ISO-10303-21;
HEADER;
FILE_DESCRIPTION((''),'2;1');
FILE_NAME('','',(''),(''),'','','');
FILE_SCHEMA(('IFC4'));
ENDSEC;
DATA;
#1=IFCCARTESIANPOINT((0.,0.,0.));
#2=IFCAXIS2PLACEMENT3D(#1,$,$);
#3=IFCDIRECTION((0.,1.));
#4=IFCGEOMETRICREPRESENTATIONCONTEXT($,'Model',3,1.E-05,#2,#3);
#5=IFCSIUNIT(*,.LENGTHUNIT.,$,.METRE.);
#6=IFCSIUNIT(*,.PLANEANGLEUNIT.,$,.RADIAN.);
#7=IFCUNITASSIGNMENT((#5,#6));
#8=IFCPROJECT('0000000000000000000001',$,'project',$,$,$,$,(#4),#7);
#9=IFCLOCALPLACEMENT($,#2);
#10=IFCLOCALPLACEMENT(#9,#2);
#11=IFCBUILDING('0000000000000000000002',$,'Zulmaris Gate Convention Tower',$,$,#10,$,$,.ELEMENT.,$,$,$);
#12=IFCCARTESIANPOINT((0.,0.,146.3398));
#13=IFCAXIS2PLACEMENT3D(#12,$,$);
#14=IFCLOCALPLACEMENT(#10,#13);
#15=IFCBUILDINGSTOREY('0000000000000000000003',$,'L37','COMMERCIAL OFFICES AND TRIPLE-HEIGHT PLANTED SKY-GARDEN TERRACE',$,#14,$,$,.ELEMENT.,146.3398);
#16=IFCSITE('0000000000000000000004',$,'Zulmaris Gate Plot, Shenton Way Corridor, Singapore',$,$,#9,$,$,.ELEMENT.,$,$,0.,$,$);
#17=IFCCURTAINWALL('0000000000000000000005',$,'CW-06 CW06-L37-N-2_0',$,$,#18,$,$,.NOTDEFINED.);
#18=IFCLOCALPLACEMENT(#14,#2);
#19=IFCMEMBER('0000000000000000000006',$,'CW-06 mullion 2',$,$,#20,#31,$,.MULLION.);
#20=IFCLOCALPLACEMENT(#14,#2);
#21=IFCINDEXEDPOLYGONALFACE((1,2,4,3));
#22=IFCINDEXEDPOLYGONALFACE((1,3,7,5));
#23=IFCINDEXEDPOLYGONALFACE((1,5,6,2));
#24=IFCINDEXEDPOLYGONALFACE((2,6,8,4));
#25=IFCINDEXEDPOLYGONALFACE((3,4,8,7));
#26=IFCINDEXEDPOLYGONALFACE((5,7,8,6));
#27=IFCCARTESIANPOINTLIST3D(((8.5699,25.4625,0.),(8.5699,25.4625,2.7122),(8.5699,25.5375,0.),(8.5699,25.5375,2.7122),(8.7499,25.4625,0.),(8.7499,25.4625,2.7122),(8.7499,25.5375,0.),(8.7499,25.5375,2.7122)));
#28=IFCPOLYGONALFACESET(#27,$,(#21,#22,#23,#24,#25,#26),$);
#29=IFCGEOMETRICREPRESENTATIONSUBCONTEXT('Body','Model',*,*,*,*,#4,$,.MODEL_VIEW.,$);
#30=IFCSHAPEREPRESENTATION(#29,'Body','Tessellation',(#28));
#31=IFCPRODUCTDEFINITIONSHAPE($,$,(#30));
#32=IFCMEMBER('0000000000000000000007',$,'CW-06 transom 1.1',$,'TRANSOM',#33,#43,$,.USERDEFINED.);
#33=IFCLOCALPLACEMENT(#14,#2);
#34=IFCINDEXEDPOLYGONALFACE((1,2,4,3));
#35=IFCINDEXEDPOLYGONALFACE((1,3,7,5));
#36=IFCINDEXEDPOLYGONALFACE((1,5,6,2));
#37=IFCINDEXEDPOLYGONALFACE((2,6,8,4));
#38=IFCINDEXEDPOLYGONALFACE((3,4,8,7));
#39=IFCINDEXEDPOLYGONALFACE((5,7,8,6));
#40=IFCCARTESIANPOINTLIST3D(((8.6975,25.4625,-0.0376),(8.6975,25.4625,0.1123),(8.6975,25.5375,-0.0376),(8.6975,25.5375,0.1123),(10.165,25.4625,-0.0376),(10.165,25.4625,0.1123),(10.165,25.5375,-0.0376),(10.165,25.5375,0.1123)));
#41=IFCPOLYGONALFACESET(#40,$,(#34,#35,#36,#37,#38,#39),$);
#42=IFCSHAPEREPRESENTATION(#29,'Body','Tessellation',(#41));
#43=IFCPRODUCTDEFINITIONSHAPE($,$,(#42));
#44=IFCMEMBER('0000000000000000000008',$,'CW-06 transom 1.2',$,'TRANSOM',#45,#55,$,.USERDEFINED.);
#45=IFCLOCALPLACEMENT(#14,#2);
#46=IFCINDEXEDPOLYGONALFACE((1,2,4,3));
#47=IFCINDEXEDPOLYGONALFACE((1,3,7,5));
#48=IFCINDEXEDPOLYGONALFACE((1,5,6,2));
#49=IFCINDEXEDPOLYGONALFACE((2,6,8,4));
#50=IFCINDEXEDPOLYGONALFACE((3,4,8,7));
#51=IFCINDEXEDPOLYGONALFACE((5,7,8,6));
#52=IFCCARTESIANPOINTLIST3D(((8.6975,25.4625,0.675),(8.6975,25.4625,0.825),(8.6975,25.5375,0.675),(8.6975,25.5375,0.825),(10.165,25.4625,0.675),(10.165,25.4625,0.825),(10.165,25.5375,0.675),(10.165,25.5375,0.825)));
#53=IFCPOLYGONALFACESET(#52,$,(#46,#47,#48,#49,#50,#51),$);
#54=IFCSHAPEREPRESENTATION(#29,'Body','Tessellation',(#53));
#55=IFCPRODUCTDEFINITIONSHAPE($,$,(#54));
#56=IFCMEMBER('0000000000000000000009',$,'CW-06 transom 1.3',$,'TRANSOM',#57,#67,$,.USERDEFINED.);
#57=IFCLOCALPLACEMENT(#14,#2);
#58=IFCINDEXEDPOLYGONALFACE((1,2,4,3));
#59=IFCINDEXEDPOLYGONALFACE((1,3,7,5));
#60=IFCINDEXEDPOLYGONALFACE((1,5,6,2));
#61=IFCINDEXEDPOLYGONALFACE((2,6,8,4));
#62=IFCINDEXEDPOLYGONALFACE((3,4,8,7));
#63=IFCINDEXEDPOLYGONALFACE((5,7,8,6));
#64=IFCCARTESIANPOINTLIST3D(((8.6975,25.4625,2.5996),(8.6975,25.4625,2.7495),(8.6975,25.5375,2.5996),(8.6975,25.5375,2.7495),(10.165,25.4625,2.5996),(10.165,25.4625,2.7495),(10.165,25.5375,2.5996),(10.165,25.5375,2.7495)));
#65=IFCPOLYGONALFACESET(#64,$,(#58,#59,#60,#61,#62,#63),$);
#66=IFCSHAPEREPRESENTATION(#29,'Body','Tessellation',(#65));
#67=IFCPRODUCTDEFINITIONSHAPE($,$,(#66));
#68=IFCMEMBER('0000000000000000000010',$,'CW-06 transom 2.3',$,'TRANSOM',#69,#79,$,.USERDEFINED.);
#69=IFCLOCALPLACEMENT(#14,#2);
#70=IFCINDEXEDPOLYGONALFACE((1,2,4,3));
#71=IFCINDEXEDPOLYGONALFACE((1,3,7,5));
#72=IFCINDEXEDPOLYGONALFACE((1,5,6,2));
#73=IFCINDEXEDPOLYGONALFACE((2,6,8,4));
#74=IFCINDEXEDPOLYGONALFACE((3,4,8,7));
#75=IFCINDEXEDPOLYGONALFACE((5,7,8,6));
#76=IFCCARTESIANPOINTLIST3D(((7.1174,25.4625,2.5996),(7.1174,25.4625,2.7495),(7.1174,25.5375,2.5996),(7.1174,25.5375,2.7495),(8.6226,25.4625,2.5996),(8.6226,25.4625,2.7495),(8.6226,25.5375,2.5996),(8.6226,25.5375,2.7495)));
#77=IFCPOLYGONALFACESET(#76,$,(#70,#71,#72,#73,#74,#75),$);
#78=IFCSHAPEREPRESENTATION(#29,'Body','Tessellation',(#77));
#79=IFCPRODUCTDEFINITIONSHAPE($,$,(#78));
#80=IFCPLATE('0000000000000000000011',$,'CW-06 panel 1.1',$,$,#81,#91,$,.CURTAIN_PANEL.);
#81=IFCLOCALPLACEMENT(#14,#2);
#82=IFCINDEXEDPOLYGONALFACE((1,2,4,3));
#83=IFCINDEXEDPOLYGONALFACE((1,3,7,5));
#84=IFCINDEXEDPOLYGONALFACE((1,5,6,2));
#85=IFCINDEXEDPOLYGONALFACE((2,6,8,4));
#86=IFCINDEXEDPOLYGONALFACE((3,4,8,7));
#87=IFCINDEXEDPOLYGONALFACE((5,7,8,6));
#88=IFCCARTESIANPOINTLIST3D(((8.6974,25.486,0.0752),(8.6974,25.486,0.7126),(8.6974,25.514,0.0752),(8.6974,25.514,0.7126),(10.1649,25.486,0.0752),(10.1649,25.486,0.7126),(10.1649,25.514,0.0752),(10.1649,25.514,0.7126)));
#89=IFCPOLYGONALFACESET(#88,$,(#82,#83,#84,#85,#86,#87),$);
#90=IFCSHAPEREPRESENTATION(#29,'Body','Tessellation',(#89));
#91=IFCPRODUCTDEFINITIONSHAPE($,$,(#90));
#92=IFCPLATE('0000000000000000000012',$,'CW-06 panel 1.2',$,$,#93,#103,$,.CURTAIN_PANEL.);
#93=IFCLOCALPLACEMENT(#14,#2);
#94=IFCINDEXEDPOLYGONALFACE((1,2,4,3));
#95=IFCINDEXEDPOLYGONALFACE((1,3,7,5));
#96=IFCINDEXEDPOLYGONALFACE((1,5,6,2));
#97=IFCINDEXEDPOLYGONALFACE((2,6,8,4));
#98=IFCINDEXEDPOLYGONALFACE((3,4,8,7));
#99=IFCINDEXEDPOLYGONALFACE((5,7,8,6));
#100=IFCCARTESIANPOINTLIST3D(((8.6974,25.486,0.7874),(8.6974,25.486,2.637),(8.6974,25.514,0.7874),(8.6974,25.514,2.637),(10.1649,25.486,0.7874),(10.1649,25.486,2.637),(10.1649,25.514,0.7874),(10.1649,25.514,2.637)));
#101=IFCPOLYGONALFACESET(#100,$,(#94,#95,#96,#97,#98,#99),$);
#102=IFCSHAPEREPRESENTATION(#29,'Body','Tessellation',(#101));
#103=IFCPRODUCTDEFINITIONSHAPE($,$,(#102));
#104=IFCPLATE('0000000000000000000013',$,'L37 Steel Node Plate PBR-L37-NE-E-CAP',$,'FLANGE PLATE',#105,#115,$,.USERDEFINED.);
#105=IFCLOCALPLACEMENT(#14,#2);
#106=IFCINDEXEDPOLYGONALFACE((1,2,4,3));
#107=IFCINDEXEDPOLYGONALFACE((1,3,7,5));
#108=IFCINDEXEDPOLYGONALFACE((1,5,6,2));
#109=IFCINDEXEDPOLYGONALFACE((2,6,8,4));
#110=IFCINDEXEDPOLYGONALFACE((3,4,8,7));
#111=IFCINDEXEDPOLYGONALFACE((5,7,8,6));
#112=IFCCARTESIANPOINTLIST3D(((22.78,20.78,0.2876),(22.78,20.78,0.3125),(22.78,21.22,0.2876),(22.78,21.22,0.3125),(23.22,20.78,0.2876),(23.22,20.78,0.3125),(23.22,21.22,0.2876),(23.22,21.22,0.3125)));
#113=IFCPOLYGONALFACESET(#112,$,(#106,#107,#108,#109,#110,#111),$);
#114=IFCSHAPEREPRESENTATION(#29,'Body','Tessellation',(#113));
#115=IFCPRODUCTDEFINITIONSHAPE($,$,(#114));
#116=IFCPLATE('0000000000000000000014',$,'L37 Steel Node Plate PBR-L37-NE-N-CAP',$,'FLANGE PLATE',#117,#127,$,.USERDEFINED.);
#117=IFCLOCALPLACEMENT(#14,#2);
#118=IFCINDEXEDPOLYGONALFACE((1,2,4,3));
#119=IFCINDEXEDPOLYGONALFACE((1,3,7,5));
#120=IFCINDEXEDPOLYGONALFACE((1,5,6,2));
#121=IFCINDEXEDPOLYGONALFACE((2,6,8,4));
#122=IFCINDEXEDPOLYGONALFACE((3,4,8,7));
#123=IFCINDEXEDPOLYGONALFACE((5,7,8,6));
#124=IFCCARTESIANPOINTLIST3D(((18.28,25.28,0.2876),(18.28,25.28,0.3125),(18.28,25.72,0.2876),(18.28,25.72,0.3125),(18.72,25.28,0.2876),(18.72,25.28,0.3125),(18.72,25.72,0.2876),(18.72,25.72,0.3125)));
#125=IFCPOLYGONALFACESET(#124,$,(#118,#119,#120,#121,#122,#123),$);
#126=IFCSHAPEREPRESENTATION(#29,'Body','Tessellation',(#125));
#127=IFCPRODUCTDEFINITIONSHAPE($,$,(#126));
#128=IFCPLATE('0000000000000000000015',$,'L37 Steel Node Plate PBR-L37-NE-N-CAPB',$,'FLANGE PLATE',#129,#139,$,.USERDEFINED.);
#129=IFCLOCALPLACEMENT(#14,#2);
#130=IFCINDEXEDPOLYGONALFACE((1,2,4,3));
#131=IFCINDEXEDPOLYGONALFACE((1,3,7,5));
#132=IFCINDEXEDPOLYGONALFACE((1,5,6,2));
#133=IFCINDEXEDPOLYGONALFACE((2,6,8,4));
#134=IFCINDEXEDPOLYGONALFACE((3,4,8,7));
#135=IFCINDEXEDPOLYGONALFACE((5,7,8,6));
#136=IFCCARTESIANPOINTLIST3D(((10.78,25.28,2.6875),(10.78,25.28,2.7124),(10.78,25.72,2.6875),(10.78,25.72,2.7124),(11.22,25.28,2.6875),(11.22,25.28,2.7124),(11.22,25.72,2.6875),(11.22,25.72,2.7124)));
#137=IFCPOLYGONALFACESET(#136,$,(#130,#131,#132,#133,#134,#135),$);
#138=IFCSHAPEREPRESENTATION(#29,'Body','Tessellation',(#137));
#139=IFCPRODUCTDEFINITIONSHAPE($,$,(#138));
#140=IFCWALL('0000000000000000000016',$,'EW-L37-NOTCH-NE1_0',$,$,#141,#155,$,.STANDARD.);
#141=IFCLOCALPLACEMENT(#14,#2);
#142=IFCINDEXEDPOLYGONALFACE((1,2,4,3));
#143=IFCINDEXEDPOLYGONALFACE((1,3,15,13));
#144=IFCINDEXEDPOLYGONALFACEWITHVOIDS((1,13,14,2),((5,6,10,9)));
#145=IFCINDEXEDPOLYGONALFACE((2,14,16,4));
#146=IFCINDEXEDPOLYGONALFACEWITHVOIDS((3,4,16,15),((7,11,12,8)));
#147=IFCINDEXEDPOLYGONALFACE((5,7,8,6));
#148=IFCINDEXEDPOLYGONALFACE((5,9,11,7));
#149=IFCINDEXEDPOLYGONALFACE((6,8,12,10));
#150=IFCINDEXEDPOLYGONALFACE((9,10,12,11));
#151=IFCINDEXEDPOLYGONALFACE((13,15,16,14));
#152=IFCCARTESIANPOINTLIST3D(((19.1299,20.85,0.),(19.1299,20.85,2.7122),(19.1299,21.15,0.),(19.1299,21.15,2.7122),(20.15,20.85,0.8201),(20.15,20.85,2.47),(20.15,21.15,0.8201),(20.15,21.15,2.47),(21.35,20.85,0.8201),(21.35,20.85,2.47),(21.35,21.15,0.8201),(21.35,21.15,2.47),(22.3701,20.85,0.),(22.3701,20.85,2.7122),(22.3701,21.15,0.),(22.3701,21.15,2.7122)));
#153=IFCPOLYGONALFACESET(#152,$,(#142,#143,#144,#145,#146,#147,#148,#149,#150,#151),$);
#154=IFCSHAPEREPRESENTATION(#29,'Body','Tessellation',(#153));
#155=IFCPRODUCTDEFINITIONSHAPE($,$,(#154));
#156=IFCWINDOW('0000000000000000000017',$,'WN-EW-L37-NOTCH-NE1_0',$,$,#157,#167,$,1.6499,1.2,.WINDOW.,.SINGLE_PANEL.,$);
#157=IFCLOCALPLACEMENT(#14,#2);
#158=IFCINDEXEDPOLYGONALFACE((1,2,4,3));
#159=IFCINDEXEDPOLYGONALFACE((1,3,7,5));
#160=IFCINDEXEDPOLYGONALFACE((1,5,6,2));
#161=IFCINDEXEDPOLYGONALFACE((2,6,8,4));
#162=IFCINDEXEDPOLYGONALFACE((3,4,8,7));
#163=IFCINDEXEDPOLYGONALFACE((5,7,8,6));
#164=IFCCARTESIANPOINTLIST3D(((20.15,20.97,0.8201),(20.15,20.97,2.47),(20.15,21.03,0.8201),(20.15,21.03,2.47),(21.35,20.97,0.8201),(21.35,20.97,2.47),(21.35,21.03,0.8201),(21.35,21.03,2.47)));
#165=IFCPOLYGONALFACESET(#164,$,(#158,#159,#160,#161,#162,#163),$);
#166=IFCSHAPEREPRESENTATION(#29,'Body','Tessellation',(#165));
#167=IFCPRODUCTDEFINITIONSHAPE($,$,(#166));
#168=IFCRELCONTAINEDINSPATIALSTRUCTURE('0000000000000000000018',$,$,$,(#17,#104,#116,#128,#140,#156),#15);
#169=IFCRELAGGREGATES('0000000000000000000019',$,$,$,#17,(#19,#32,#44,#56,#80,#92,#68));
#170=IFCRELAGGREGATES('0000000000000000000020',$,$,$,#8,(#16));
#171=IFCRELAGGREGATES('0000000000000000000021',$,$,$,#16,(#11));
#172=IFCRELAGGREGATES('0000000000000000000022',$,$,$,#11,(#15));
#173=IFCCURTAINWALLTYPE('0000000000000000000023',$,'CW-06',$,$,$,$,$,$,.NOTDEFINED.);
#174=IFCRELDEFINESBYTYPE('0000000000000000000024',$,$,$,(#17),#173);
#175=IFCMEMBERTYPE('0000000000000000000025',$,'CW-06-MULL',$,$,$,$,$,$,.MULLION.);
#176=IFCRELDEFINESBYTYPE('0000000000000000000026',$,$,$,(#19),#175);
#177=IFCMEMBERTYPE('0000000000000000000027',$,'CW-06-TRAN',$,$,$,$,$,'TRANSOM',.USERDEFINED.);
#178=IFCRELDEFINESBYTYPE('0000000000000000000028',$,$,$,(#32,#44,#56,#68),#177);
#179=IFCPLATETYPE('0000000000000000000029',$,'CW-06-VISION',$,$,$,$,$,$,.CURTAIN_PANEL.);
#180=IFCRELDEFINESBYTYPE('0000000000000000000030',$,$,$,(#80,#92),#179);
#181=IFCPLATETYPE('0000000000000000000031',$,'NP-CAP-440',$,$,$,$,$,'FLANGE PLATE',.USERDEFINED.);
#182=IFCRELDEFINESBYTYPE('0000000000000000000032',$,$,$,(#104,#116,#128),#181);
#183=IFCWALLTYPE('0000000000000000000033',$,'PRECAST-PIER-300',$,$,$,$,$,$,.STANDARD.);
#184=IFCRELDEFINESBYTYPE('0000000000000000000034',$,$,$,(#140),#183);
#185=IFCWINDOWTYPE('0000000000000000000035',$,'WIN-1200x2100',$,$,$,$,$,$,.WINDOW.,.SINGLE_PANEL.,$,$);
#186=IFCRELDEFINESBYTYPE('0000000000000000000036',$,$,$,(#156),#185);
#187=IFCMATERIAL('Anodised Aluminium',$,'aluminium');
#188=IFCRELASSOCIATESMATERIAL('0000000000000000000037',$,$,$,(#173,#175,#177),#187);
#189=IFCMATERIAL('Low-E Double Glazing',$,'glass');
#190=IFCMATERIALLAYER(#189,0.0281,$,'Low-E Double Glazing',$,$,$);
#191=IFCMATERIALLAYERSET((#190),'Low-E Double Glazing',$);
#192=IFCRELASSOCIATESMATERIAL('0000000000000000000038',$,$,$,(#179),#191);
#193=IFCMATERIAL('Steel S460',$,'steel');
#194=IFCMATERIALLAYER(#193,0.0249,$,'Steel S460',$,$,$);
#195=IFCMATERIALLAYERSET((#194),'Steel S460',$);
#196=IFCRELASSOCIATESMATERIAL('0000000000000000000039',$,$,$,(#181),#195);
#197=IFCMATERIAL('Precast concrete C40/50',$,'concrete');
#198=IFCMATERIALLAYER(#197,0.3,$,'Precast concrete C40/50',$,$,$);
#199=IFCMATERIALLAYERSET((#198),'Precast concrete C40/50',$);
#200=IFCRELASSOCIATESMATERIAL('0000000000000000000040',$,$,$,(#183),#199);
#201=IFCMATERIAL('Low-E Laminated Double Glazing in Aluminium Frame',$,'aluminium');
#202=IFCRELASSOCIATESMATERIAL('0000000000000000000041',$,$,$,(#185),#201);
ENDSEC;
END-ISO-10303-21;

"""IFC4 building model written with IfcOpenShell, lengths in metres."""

from ifc_helpers import new_model, si_unit, direction, frame, frame_2d, origin, origin_2d, place, context, subcontext, project, spatial, rectangle, extrude, material, layer, layer_set, material_profile, profile_set, type_object, element, fill, aggregate, save


model = new_model("IFC4")

# Units and contexts
model_context = context("Model", 3, precision=1e-05, world=origin(), true_north=direction((0.0, 1.0)))
body_context = subcontext(model_context, "Body", "Model", "MODEL_VIEW")
ifc_project = project(units=[si_unit("LENGTHUNIT", "METRE"), si_unit("PLANEANGLEUNIT", "RADIAN")], contexts=[model_context])

# Site, building, storey
site_placement = place(None, origin())
site = spatial("IfcSite", under=ifc_project, at=site_placement, Name="Zulmaris Gate Plot, Shenton Way Corridor, Singapore", CompositionType="ELEMENT", RefElevation=0.0)
building_placement = place(site_placement, origin())
building = spatial("IfcBuilding", under=site, at=building_placement, Name="Zulmaris Gate Convention Tower", CompositionType="ELEMENT")
storey_placement = place(building_placement, frame((0.0, 0.0, 146.3398)))
storey = spatial("IfcBuildingStorey", under=building, at=storey_placement, Name="L37", Description="COMMERCIAL OFFICES AND TRIPLE-HEIGHT PLANTED SKY-GARDEN TERRACE", CompositionType="ELEMENT", Elevation=146.3398)

# Shared definitions
ifc_material_1 = material(Name="Steel S460", Category="steel")

# Curtain wall, members, plates
ifc_material_2 = material(Name="Anodised Aluminium", Category="aluminium")
curtain_wall_type = type_object("IfcCurtainWallType", Name="CW-06", PredefinedType="NOTDEFINED", material=ifc_material_2)
curtain_wall_placement = place(storey_placement, origin())
curtain_wall = element("IfcCurtainWall", 1, at=curtain_wall_placement, inside=storey, type_object=curtain_wall_type, Name="CW-06 CW06-L37-N-2_0", PredefinedType="NOTDEFINED")
ifc_material_profile_1 = material_profile(ifc_material_2, rectangle(XDim=0.075, YDim=0.1799, at=origin_2d()), Name="ALU MULLION 75x180")
ifc_profile_set_1 = profile_set([ifc_material_profile_1], Name="Anodised Aluminium")
member_type_1 = type_object("IfcMemberType", Name="CW-06-MULL", PredefinedType="MULLION", material=ifc_profile_set_1)
member_1_placement = place(storey_placement, frame((8.6599, 25.5, 0.0), z_axis=(0.0, 0.0, 1.0), x_axis=(0.0, -1.0, 0.0)))
member_1 = element("IfcMember", 2, at=member_1_placement, type_object=member_type_1, Name="CW-06 mullion 2", PredefinedType="MULLION", context=body_context, shape_type="SweptSolid", body=[
    extrude(rectangle(XDim=0.075, YDim=0.1799, at=origin_2d()), origin(), (0.0, 0.0, 1.0), 2.7122),
])
ifc_material_profile_2 = material_profile(ifc_material_2, rectangle(XDim=0.075, YDim=0.1499, at=origin_2d()), Name="ALU TRANSOM 75x150")
ifc_profile_set_2 = profile_set([ifc_material_profile_2], Name="Anodised Aluminium")
member_type_2 = type_object("IfcMemberType", Name="CW-06-TRAN", ElementType="TRANSOM", PredefinedType="USERDEFINED", material=ifc_profile_set_2)
member_2_placement = place(storey_placement, frame((10.165, 25.5, 0.0374), z_axis=(-1.0, 0.0, 0.0), x_axis=(0.0, -1.0, 0.0)))
member_2 = element("IfcMember", 3, at=member_2_placement, type_object=member_type_2, Name="CW-06 transom 1.1", ObjectType="TRANSOM", PredefinedType="USERDEFINED", context=body_context, shape_type="SweptSolid", body=[
    extrude(rectangle(XDim=0.075, YDim=0.1499, at=origin_2d()), origin(), (0.0, 0.0, 1.0), 1.4675),
])
member_3_placement = place(storey_placement, frame((10.165, 25.5, 0.75), z_axis=(-1.0, 0.0, 0.0), x_axis=(0.0, -1.0, 0.0)))
member_3 = element("IfcMember", 4, at=member_3_placement, type_object=member_type_2, Name="CW-06 transom 1.2", ObjectType="TRANSOM", PredefinedType="USERDEFINED", context=body_context, shape_type="SweptSolid", body=[
    extrude(rectangle(XDim=0.075, YDim=0.1499, at=origin_2d()), origin(), (0.0, 0.0, 1.0), 1.4675),
])
member_4_placement = place(storey_placement, frame((10.165, 25.5, 2.6746), z_axis=(-1.0, 0.0, 0.0), x_axis=(0.0, -1.0, 0.0)))
member_4 = element("IfcMember", 5, at=member_4_placement, type_object=member_type_2, Name="CW-06 transom 1.3", ObjectType="TRANSOM", PredefinedType="USERDEFINED", context=body_context, shape_type="SweptSolid", body=[
    extrude(rectangle(XDim=0.075, YDim=0.1499, at=origin_2d()), origin(), (0.0, 0.0, 1.0), 1.4675),
])
member_5_placement = place(storey_placement, frame((8.6226, 25.5, 2.6746), z_axis=(-1.0, 0.0, 0.0), x_axis=(0.0, -1.0, 0.0)))
member_5 = element("IfcMember", 6, at=member_5_placement, type_object=member_type_2, Name="CW-06 transom 2.3", ObjectType="TRANSOM", PredefinedType="USERDEFINED", context=body_context, shape_type="SweptSolid", body=[
    extrude(rectangle(XDim=0.075, YDim=0.1499, at=origin_2d()), origin(), (0.0, 0.0, 1.0), 1.5051),
])
ifc_material_3 = material(Name="Low-E Double Glazing", Category="glass")
ifc_layer_1 = layer(ifc_material_3, 0.0281, Name="Low-E Double Glazing")
ifc_layer_set_1 = layer_set([ifc_layer_1], Name="Low-E Double Glazing")
plate_type_1 = type_object("IfcPlateType", Name="CW-06-VISION", PredefinedType="CURTAIN_PANEL", material=ifc_layer_set_1)
plate_1_placement = place(storey_placement, frame((9.4312, 25.5, 0.0752), z_axis=(0.0, 0.0, 1.0), x_axis=(-1.0, 0.0, 0.0)))
plate_1 = element("IfcPlate", 7, at=plate_1_placement, type_object=plate_type_1, Name="CW-06 panel 1.1", PredefinedType="CURTAIN_PANEL", context=body_context, shape_type="SweptSolid", body=[
    extrude(rectangle(XDim=1.4675, YDim=0.0281, at=origin_2d()), origin(), (0.0, 0.0, 1.0), 0.6375),
])
plate_2_placement = place(storey_placement, frame((9.4312, 25.5, 0.7874), z_axis=(0.0, 0.0, 1.0), x_axis=(-1.0, 0.0, 0.0)))
plate_2 = element("IfcPlate", 8, at=plate_2_placement, type_object=plate_type_1, Name="CW-06 panel 1.2", PredefinedType="CURTAIN_PANEL", context=body_context, shape_type="SweptSolid", body=[
    extrude(rectangle(XDim=1.4675, YDim=0.0281, at=origin_2d()), origin(), (0.0, 0.0, 1.0), 1.8496),
])
aggregate(curtain_wall, [member_1, member_2, member_3, member_4, plate_1, plate_2, member_5])

# Plates
ifc_layer_2 = layer(ifc_material_1, 0.0249, Name="Steel S460")
ifc_layer_set_2 = layer_set([ifc_layer_2], Name="Steel S460")
plate_type_2 = type_object("IfcPlateType", Name="NP-CAP-440", ElementType="FLANGE PLATE", PredefinedType="USERDEFINED", material=ifc_layer_set_2)
for number, where, z_axis, x_axis, name in (
    (9, (23.0, 21.0, 0.2876), (0.0, 0.0, 1.0), (1.0, 0.0, 0.0), "L37 Steel Node Plate PBR-L37-NE-E-CAP"),
    (10, (18.5, 25.5, 0.2876), (0.0, 0.0, 1.0), (1.0, 0.0, 0.0), "L37 Steel Node Plate PBR-L37-NE-N-CAP"),
    (11, (11.0, 25.5, 2.6875), (0.0, 0.0, 1.0), (1.0, 0.0, 0.0), "L37 Steel Node Plate PBR-L37-NE-N-CAPB"),
):
    element("IfcPlate", number, at=place(storey_placement, frame(where, z_axis=z_axis, x_axis=x_axis)), inside=storey, type_object=plate_type_2, Name=name, ObjectType="FLANGE PLATE", PredefinedType="USERDEFINED", context=body_context, shape_type="SweptSolid", body=[
        extrude(rectangle(XDim=0.4399, YDim=0.4399, at=origin_2d()), origin(), (0.0, 0.0, 1.0), 0.0249),
    ])

# Wall, opening, window
ifc_material_4 = material(Name="Precast concrete C40/50", Category="concrete")
ifc_layer_3 = layer(ifc_material_4, 0.3, Name="Precast concrete C40/50")
ifc_layer_set_3 = layer_set([ifc_layer_3], Name="Precast concrete C40/50")
wall_type = type_object("IfcWallType", Name="PRECAST-PIER-300", PredefinedType="STANDARD", material=ifc_layer_set_3)
wall_1_placement = place(storey_placement, frame((22.3701, 21.0, 0.0), z_axis=(0.0, 0.0, 1.0), x_axis=(-1.0, 0.0, 0.0)))
wall_1 = element("IfcWall", 12, at=wall_1_placement, inside=storey, type_object=wall_type, Name="EW-L37-NOTCH-NE1_0", PredefinedType="STANDARD", context=body_context, shape_type="SweptSolid", body=[
    extrude(rectangle(XDim=3.2402, YDim=0.3, at=frame_2d((1.6201, 0.0))), origin(), (0.0, 0.0, 1.0), 2.7122),
])
opening_1_placement = place(wall_1_placement, frame((1.02, 0.0, 0.8201)))
opening_1 = element("IfcOpeningElement", 13, at=opening_1_placement, cuts=wall_1, PredefinedType="OPENING", context=body_context, shape_type="SweptSolid", body=[
    extrude(rectangle(XDim=1.2, YDim=1.6499, at=frame_2d((0.6001, 0.825))), frame((0.0, 0.1602, 0.0), z_axis=(0.0, -1.0, 0.0), x_axis=(1.0, 0.0, 0.0)), (0.0, 0.0, 1.0), 0.3201),
])
ifc_material_5 = material(Name="Low-E Laminated Double Glazing in Aluminium Frame", Category="aluminium")
window_type = type_object("IfcWindowType", Name="WIN-1200x2100", PartitioningType="SINGLE_PANEL", PredefinedType="WINDOW", material=ifc_material_5)
window_1_placement = place(opening_1_placement, origin())
window_1 = element("IfcWindow", 14, at=window_1_placement, inside=storey, type_object=window_type, Name="WN-EW-L37-NOTCH-NE1_0", OverallHeight=1.6499, OverallWidth=1.2, PartitioningType="SINGLE_PANEL", PredefinedType="WINDOW", context=body_context, shape_type="SweptSolid", body=[
    extrude(rectangle(XDim=1.2, YDim=1.6499, at=frame_2d((0.6001, 0.825))), frame((0.0, 0.03, 0.0), z_axis=(0.0, -1.0, 0.0), x_axis=(1.0, 0.0, 0.0)), (0.0, 0.0, 1.0), 0.0601),
])
fill(opening_1, window_1)

save(model, "model.ifc")
